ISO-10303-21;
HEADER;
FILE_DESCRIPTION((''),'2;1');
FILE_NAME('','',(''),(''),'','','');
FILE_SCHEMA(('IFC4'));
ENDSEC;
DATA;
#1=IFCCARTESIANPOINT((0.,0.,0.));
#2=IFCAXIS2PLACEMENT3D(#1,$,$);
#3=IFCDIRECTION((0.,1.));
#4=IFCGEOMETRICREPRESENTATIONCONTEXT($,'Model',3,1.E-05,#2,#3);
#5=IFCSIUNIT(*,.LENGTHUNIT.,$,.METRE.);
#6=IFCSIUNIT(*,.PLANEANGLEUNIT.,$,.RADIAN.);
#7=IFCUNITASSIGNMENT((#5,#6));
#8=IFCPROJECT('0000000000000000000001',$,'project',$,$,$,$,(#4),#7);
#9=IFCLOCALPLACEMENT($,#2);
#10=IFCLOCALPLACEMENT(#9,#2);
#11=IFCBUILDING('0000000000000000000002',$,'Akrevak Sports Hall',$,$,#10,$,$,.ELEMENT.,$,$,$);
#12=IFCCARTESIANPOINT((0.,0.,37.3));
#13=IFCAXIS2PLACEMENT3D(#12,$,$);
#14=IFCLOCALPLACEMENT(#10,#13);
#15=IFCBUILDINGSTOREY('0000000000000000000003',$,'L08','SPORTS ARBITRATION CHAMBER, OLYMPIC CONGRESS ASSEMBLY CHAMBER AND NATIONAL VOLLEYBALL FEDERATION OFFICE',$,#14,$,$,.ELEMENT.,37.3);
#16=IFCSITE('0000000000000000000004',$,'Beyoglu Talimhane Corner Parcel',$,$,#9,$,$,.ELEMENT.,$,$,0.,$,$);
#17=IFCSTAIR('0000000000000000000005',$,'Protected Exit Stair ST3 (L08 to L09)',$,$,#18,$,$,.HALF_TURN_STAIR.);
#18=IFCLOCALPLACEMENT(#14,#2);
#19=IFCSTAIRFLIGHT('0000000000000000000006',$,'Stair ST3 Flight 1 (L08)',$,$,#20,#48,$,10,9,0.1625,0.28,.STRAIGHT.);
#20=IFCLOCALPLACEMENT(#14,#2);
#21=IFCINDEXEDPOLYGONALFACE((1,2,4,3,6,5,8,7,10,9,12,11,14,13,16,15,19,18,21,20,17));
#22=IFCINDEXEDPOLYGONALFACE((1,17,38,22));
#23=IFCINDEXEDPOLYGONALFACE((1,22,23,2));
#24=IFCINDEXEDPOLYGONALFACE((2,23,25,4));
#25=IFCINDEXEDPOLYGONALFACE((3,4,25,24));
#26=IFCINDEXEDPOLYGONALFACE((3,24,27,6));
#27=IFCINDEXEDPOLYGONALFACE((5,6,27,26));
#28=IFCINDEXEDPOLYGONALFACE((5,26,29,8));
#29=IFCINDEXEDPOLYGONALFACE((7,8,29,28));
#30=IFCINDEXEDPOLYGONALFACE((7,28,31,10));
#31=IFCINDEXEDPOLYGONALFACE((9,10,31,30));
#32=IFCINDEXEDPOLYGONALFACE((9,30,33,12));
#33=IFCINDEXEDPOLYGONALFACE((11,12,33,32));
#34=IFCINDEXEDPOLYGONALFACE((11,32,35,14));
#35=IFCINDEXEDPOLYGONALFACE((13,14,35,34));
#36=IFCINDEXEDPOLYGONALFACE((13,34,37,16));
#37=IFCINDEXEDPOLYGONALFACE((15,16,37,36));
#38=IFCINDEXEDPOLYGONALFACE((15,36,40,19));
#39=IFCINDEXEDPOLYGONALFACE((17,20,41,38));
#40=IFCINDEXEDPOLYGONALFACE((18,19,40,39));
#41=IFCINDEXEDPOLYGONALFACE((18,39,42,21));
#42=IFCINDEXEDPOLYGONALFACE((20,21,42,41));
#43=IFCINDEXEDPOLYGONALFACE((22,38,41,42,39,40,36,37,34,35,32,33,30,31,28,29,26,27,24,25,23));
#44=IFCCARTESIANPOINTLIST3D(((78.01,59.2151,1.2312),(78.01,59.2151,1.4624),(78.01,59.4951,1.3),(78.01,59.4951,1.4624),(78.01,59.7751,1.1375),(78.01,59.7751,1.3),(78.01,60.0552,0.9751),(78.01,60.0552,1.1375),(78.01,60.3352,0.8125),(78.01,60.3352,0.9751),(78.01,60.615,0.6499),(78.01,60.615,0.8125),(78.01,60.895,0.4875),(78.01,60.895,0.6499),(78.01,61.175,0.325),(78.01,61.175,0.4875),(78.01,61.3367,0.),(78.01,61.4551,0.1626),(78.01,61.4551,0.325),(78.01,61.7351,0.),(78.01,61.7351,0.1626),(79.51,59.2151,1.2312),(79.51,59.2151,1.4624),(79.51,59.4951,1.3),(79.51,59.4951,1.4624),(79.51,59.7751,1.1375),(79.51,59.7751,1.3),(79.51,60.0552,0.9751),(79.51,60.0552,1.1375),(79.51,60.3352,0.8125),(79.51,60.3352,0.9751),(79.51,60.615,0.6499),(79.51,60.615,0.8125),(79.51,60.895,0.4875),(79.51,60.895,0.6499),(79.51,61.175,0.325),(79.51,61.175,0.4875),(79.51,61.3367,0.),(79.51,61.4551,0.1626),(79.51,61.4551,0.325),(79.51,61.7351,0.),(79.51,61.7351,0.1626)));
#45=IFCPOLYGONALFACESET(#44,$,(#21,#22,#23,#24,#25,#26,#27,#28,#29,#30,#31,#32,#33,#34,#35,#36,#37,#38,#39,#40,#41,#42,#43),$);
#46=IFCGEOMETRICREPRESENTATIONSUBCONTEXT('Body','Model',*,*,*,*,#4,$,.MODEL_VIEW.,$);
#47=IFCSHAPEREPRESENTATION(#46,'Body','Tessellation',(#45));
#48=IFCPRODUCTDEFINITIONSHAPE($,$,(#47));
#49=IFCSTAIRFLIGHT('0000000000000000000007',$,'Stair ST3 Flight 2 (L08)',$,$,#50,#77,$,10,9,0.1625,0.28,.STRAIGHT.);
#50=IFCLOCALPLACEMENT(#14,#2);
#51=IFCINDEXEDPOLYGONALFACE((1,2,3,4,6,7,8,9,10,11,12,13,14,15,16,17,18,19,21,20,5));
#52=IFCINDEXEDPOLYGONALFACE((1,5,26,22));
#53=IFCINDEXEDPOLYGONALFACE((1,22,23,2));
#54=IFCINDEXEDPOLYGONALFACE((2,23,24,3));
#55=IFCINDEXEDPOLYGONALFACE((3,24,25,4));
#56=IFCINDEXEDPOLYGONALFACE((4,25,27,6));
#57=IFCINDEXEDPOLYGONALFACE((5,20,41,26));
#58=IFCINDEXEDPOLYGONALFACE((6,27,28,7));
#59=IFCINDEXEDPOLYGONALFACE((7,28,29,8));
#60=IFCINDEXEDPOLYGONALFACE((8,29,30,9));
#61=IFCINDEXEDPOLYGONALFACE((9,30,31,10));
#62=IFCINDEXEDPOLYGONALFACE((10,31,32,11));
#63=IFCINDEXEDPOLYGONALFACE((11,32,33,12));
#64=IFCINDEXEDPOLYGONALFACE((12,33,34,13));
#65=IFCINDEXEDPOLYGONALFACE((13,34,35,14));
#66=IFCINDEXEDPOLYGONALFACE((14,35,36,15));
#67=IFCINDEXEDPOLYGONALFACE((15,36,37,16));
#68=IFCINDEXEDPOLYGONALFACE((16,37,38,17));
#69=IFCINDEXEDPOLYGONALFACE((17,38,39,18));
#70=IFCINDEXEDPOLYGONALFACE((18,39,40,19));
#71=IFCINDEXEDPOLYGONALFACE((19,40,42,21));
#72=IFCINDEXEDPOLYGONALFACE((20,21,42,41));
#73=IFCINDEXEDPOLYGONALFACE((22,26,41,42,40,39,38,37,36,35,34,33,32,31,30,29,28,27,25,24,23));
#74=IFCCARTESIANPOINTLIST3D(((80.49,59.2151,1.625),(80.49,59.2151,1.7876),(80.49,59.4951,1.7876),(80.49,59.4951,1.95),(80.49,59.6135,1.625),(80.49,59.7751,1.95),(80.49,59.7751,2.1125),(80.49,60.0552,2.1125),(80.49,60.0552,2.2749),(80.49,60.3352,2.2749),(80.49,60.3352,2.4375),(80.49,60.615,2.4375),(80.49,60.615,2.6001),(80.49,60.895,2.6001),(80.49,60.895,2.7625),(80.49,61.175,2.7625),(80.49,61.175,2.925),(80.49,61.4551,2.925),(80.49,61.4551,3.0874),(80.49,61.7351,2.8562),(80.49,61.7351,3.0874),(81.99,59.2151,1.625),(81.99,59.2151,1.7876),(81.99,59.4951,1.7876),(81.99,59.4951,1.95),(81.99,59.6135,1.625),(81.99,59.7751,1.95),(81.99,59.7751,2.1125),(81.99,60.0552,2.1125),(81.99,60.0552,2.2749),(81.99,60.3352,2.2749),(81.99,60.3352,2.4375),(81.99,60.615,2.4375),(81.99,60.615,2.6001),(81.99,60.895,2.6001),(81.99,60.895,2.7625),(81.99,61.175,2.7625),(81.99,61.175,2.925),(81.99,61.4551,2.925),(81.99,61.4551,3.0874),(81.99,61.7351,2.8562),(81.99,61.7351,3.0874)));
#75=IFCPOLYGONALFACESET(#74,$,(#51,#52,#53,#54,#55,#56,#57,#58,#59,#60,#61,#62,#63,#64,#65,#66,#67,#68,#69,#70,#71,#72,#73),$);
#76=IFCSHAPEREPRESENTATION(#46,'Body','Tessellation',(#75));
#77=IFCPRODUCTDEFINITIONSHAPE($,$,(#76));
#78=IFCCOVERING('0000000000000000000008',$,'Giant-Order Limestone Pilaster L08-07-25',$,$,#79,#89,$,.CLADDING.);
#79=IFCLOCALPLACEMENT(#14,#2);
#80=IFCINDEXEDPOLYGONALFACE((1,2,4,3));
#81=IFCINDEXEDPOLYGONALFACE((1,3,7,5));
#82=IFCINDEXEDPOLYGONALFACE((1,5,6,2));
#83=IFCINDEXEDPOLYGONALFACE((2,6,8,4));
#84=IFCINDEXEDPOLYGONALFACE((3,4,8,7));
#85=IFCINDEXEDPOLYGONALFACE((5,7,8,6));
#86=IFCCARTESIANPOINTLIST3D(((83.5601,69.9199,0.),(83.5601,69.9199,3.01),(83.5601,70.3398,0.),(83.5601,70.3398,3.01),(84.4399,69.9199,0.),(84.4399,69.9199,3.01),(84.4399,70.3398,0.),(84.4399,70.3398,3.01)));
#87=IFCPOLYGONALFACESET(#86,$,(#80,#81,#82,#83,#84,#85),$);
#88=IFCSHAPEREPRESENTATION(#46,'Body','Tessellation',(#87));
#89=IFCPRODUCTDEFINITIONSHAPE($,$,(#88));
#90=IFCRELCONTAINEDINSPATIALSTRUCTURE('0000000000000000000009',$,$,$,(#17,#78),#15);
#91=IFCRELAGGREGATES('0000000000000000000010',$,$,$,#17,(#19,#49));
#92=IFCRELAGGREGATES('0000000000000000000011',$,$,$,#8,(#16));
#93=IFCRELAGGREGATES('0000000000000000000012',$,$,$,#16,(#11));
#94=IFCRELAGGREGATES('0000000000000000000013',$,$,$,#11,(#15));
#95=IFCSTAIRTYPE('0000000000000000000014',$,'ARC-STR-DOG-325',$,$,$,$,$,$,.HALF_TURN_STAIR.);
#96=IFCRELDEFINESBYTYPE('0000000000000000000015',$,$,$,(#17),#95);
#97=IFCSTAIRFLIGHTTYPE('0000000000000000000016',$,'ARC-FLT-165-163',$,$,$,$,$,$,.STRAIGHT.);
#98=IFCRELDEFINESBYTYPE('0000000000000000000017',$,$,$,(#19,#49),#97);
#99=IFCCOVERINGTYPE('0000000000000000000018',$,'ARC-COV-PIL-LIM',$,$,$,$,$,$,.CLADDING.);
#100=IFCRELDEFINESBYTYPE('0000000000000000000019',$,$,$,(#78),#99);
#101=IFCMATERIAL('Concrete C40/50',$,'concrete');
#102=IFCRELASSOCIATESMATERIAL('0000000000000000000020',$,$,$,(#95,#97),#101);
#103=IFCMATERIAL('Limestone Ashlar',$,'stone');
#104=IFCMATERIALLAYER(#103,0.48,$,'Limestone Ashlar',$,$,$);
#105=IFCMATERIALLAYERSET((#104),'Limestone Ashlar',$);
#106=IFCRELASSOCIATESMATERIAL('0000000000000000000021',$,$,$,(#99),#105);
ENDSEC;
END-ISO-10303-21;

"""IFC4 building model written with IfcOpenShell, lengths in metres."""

from ifc_helpers import new_model, si_unit, direction, frame, origin, origin_2d, place, context, subcontext, project, spatial, polyline, rectangle, outline, extrude, material, layer, layer_set, type_object, element, aggregate, save


model = new_model("IFC4")

# Units and contexts
model_context = context("Model", 3, precision=1e-05, world=origin(), true_north=direction((0.0, 1.0)))
body_context = subcontext(model_context, "Body", "Model", "MODEL_VIEW")
ifc_project = project(units=[si_unit("LENGTHUNIT", "METRE"), si_unit("PLANEANGLEUNIT", "RADIAN")], contexts=[model_context])

# Site, building, storey
site_placement = place(None, origin())
site = spatial("IfcSite", under=ifc_project, at=site_placement, Name="Beyoglu Talimhane Corner Parcel", CompositionType="ELEMENT", RefElevation=0.0)
building_placement = place(site_placement, origin())
building = spatial("IfcBuilding", under=site, at=building_placement, Name="Akrevak Sports Hall", CompositionType="ELEMENT")
storey_placement = place(building_placement, frame((0.0, 0.0, 37.3)))
storey = spatial("IfcBuildingStorey", under=building, at=storey_placement, Name="L08", Description="SPORTS ARBITRATION CHAMBER, OLYMPIC CONGRESS ASSEMBLY CHAMBER AND NATIONAL VOLLEYBALL FEDERATION OFFICE", CompositionType="ELEMENT", Elevation=37.3)

# Shared definitions
ifc_material_1 = material(Name="Concrete C40/50", Category="concrete")

# Stair, stair flights
stair_type = type_object("IfcStairType", Name="ARC-STR-DOG-325", PredefinedType="HALF_TURN_STAIR", material=ifc_material_1)
stair_placement = place(storey_placement, origin())
stair = element("IfcStair", 1, at=stair_placement, inside=storey, type_object=stair_type, Name="Protected Exit Stair ST3 (L08 to L09)", PredefinedType="HALF_TURN_STAIR")
stair_flight_type = type_object("IfcStairFlightType", Name="ARC-FLT-165-163", PredefinedType="STRAIGHT", material=ifc_material_1)
stair_flight_1_placement = place(storey_placement, frame((78.76, 61.7351, 0.0), z_axis=(0.0, 0.0, 1.0), x_axis=(0.0, -1.0, 0.0)))
stair_flight_1 = element("IfcStairFlight", 2, at=stair_flight_1_placement, type_object=stair_flight_type, Name="Stair ST3 Flight 1 (L08)", NumberOfRisers=10, NumberOfTreads=9, PredefinedType="STRAIGHT", RiserHeight=0.1625, TreadLength=0.28, context=body_context, shape_type="SweptSolid", body=[
    extrude(outline(polyline([(0.0, 0.0), (0.0, 0.1626), (0.28, 0.1626), (0.28, 0.325), (0.5601, 0.325), (0.5601, 0.4875), (0.8401, 0.4875), (0.8401, 0.6499), (1.1201, 0.6499), (1.1201, 0.8125), (1.3999, 0.8125), (1.3999, 0.9751), (1.6799, 0.9751), (1.6799, 1.1375), (1.96, 1.1375), (1.96, 1.3), (2.24, 1.3), (2.24, 1.4624), (2.52, 1.4624), (2.52, 1.625), (2.52, 1.2312), (0.3984, 0.0), (0.0, 0.0)])), frame((0.0, 0.75, 0.0), z_axis=(0.0, -1.0, 0.0), x_axis=(1.0, 0.0, 0.0)), (0.0, 0.0, 1.0), 1.5),
])
stair_flight_2_placement = place(storey_placement, frame((81.24, 59.2151, 1.625), z_axis=(0.0, 0.0, 1.0), x_axis=(0.0, 1.0, 0.0)))
stair_flight_2 = element("IfcStairFlight", 3, at=stair_flight_2_placement, type_object=stair_flight_type, Name="Stair ST3 Flight 2 (L08)", NumberOfRisers=10, NumberOfTreads=9, PredefinedType="STRAIGHT", RiserHeight=0.1625, TreadLength=0.28, context=body_context, shape_type="SweptSolid", body=[
    extrude(outline(polyline([(0.0, 0.0), (0.0, 0.1626), (0.28, 0.1626), (0.28, 0.325), (0.5601, 0.325), (0.5601, 0.4875), (0.8401, 0.4875), (0.8401, 0.6499), (1.1201, 0.6499), (1.1201, 0.8125), (1.3999, 0.8125), (1.3999, 0.9751), (1.6799, 0.9751), (1.6799, 1.1375), (1.96, 1.1375), (1.96, 1.3), (2.24, 1.3), (2.24, 1.4624), (2.52, 1.4624), (2.52, 1.625), (2.52, 1.2312), (0.3984, 0.0), (0.0, 0.0)])), frame((0.0, 0.75, 0.0), z_axis=(0.0, -1.0, 0.0), x_axis=(1.0, 0.0, 0.0)), (0.0, 0.0, 1.0), 1.5),
])
aggregate(stair, [stair_flight_1, stair_flight_2])

# Covering
ifc_material_2 = material(Name="Limestone Ashlar", Category="stone")
ifc_layer_1 = layer(ifc_material_2, 0.48, Name="Limestone Ashlar")
ifc_layer_set_1 = layer_set([ifc_layer_1], Name="Limestone Ashlar")
covering_type = type_object("IfcCoveringType", Name="ARC-COV-PIL-LIM", PredefinedType="CLADDING", material=ifc_layer_set_1)
covering_placement = place(storey_placement, frame((84.0, 70.1299, 0.0), z_axis=(0.0, 0.0, 1.0), x_axis=(-1.0, 0.0, 0.0)))
element("IfcCovering", 4, at=covering_placement, inside=storey, type_object=covering_type, Name="Giant-Order Limestone Pilaster L08-07-25", PredefinedType="CLADDING", context=body_context, shape_type="SweptSolid", body=[
    extrude(rectangle(XDim=0.8799, YDim=0.4199, at=origin_2d()), origin(), (0.0, 0.0, 1.0), 3.01),
])

save(model, "model.ifc")
